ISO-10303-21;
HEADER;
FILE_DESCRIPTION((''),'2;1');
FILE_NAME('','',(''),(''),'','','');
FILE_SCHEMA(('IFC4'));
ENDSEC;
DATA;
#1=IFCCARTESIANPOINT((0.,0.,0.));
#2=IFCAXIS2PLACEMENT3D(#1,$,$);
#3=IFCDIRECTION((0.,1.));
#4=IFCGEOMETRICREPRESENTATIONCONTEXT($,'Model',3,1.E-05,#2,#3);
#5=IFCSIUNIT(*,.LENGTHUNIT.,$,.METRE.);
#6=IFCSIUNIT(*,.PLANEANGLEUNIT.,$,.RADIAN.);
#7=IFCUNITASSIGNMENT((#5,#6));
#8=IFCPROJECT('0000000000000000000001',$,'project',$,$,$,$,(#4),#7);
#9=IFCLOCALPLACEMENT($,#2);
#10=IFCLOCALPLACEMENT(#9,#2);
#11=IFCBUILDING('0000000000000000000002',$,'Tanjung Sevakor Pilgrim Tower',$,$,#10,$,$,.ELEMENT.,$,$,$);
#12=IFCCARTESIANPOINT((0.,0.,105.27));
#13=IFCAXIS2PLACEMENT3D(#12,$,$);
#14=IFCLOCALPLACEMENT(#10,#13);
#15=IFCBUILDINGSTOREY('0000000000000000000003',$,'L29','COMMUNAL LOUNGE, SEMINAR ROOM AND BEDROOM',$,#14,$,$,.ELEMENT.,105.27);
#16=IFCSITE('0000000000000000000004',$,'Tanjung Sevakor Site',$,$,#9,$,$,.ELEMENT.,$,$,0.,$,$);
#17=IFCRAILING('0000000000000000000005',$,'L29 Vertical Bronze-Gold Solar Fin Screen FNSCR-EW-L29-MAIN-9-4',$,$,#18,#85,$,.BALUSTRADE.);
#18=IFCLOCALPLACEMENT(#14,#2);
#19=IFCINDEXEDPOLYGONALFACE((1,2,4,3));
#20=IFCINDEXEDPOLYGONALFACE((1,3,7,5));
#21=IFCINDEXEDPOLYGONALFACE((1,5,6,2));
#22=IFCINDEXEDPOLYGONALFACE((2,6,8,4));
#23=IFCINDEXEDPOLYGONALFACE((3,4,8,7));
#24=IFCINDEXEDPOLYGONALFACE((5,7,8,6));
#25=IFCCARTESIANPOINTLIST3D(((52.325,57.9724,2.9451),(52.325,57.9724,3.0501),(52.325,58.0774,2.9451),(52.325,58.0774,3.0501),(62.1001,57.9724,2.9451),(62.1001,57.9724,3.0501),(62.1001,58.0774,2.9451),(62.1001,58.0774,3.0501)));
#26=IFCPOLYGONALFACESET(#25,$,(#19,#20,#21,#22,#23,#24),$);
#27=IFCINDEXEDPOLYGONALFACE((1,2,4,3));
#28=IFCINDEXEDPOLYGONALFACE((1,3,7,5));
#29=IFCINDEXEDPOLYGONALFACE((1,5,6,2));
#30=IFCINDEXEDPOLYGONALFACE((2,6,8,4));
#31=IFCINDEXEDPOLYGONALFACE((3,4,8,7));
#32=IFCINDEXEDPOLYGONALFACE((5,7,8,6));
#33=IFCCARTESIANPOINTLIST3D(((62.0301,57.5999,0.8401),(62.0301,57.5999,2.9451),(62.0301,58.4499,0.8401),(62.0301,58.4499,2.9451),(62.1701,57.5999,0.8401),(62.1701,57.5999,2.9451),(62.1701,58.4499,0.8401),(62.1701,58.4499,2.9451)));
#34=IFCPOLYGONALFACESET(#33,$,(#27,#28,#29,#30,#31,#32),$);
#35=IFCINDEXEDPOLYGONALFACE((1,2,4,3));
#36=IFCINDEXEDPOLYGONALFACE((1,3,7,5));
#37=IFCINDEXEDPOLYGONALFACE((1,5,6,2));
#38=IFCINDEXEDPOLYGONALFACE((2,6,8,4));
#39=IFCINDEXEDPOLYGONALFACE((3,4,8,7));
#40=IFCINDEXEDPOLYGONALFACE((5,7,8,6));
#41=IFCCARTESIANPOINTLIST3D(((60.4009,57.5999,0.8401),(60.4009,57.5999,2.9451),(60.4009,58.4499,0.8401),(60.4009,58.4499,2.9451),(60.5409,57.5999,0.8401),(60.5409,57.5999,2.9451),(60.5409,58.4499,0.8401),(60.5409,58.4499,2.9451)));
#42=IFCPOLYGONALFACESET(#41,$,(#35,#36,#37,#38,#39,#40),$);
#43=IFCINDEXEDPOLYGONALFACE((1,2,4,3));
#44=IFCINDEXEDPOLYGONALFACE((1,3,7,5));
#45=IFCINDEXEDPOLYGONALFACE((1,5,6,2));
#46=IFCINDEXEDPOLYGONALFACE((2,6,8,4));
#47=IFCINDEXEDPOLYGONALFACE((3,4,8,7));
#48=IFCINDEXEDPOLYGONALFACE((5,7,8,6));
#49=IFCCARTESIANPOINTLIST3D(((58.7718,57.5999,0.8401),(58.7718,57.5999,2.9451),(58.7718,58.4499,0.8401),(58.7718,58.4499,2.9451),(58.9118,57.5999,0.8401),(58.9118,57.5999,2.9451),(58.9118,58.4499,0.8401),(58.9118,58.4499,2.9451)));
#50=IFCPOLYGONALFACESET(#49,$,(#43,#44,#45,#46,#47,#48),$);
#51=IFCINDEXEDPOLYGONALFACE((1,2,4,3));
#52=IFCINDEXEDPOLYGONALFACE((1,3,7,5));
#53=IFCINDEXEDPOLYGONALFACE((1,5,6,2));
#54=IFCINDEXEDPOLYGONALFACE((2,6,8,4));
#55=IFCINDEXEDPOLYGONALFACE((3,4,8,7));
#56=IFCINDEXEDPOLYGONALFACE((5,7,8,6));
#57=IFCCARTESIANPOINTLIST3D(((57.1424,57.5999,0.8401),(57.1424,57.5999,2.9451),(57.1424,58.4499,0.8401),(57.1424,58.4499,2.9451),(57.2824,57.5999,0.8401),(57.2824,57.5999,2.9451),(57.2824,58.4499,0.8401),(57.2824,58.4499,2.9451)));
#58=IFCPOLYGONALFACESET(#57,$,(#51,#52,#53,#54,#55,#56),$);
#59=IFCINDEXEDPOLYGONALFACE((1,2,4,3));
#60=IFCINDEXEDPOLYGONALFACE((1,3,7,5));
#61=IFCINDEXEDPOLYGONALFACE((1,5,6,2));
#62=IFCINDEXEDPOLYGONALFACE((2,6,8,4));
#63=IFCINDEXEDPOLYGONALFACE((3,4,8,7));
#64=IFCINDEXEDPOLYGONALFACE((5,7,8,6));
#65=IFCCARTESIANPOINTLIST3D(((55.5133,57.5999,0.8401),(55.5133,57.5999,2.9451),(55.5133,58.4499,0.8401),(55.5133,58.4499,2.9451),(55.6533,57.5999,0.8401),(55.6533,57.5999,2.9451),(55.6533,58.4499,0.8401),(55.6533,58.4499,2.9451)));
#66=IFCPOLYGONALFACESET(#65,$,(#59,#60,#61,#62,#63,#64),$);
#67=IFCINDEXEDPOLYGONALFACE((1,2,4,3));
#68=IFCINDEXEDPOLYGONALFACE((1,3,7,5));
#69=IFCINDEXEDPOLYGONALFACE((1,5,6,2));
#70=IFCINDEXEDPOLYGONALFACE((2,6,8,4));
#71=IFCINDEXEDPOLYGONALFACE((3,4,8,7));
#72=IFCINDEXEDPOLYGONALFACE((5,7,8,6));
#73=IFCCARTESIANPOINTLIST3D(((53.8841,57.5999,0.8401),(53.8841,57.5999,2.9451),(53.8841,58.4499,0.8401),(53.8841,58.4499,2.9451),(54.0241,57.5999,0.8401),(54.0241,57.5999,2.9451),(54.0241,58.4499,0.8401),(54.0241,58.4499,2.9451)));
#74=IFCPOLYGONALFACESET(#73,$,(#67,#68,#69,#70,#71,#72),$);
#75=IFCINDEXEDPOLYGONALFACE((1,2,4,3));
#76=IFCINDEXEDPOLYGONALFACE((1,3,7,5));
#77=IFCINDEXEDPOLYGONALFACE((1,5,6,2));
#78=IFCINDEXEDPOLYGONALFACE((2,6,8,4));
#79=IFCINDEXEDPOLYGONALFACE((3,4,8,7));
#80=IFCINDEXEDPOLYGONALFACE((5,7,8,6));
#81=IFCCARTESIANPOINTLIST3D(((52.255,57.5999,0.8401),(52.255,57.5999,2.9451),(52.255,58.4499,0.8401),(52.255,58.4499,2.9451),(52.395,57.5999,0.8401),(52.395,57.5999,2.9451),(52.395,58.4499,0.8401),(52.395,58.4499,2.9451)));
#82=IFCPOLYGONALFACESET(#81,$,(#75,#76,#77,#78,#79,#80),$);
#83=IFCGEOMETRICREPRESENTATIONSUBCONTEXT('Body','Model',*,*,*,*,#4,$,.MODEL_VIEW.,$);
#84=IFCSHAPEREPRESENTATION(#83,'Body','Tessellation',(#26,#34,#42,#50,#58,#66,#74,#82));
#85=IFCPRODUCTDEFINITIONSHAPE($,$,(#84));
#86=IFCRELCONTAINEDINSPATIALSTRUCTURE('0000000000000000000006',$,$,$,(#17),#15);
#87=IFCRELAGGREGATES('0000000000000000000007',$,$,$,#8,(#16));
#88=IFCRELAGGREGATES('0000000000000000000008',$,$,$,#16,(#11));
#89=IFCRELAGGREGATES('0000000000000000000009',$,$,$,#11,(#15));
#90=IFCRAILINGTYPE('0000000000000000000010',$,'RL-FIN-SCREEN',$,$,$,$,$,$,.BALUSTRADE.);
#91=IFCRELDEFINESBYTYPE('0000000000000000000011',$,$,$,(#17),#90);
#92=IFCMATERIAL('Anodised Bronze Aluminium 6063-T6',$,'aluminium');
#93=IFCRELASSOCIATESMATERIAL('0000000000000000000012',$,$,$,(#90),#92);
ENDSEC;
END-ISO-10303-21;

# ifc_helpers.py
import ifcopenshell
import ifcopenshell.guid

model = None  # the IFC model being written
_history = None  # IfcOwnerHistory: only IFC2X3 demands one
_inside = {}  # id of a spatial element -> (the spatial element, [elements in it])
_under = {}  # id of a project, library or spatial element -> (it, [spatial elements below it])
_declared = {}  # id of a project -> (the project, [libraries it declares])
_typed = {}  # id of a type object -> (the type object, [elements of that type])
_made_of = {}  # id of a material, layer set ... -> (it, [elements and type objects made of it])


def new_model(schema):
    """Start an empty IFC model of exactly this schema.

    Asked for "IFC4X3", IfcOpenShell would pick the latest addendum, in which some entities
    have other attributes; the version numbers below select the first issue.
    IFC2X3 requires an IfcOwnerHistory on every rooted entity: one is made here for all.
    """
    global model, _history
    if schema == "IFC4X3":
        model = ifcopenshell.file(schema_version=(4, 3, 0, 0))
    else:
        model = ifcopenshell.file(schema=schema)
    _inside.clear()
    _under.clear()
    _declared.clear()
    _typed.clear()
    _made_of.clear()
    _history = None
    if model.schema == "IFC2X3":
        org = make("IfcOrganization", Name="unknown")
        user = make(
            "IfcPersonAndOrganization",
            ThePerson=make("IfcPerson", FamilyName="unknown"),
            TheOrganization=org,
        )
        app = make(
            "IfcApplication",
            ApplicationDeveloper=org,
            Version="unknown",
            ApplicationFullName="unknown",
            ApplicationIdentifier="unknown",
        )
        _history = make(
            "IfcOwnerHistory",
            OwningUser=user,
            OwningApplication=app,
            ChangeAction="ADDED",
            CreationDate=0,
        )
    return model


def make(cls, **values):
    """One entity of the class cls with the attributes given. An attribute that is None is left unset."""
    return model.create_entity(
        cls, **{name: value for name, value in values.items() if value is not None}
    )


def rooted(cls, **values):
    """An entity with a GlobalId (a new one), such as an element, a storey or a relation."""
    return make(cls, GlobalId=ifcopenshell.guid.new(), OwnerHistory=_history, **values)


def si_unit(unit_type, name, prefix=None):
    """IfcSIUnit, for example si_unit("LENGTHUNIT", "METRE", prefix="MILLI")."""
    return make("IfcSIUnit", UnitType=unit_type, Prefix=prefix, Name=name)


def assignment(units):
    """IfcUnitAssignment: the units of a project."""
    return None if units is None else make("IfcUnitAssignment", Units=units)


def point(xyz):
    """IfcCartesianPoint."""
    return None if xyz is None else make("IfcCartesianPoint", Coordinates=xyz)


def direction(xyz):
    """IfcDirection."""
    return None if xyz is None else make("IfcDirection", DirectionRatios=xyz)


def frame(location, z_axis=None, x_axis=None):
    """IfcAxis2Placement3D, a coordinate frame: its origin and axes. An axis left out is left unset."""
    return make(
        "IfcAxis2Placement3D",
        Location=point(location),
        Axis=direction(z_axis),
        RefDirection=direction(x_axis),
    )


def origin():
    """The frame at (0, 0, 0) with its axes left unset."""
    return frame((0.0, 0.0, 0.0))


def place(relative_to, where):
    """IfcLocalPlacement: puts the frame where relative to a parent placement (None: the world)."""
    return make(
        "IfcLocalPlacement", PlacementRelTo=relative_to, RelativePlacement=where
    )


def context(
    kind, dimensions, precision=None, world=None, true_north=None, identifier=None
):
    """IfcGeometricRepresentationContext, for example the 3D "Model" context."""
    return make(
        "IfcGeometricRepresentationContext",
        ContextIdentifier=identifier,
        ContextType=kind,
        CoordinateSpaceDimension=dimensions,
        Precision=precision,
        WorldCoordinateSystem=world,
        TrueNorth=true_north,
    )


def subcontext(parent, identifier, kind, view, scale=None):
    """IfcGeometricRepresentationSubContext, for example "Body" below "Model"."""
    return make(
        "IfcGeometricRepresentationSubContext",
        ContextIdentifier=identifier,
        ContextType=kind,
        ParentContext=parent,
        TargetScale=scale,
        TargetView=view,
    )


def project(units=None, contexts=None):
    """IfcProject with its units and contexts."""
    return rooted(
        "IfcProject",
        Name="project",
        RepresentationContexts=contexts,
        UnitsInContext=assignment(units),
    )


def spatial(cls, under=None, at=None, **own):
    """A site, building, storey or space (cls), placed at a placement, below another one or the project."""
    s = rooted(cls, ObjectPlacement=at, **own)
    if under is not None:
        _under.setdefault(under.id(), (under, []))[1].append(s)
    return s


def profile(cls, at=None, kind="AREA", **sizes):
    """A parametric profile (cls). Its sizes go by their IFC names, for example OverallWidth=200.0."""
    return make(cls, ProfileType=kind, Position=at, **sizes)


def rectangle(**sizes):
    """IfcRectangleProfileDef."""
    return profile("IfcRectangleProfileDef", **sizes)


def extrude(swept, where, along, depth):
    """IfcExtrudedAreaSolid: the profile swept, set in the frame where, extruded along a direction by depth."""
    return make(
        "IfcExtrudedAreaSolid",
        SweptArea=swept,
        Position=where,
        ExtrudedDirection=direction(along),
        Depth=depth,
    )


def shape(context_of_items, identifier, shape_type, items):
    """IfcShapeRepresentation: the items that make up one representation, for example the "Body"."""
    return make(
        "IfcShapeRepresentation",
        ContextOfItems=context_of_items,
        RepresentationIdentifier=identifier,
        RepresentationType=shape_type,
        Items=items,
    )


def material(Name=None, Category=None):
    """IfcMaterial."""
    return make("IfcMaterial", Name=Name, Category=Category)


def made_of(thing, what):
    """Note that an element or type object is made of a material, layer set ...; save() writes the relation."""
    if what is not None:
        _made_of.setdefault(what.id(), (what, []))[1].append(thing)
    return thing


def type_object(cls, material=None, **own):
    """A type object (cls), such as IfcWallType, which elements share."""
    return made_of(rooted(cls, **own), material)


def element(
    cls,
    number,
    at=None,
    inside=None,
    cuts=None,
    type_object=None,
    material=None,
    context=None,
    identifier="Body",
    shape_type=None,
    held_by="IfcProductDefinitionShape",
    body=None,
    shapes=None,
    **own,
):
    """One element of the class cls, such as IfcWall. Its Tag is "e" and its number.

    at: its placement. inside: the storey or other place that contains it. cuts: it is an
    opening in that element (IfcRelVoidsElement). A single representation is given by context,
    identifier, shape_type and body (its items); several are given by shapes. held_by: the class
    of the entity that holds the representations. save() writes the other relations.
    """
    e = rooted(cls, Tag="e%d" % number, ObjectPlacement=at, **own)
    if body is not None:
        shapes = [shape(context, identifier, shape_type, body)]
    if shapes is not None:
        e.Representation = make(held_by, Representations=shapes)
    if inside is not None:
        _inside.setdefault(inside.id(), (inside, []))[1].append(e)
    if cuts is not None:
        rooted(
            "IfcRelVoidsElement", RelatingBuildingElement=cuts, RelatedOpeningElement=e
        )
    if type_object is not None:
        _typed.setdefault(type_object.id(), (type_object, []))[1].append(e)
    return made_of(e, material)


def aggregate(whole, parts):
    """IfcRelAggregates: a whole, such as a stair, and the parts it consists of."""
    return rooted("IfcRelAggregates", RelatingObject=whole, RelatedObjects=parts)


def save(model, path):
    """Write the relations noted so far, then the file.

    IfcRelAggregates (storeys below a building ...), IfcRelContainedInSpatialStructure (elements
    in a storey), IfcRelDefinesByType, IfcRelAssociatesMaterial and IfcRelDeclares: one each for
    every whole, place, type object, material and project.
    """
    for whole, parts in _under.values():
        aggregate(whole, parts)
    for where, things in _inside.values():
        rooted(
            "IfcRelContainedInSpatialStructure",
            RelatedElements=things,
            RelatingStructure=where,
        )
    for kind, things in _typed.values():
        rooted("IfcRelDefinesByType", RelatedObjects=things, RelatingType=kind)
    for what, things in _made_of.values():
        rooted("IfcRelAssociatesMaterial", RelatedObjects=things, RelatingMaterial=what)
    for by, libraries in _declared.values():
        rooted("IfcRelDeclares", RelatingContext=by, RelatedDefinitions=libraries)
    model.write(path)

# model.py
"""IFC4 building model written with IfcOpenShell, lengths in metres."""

from ifc_helpers import new_model, si_unit, direction, frame, origin, place, context, subcontext, project, spatial, rectangle, extrude, material, type_object, element, save


model = new_model("IFC4")

# Units and contexts
model_context = context("Model", 3, precision=1e-05, world=origin(), true_north=direction((0.0, 1.0)))
body_context = subcontext(model_context, "Body", "Model", "MODEL_VIEW")
ifc_project = project(units=[si_unit("LENGTHUNIT", "METRE"), si_unit("PLANEANGLEUNIT", "RADIAN")], contexts=[model_context])

# Site, building, storey
site_placement = place(None, origin())
site = spatial("IfcSite", under=ifc_project, at=site_placement, Name="Tanjung Sevakor Site", CompositionType="ELEMENT", RefElevation=0.0)
building_placement = place(site_placement, origin())
building = spatial("IfcBuilding", under=site, at=building_placement, Name="Tanjung Sevakor Pilgrim Tower", CompositionType="ELEMENT")
storey_placement = place(building_placement, frame((0.0, 0.0, 105.27)))
storey = spatial("IfcBuildingStorey", under=building, at=storey_placement, Name="L29", Description="COMMUNAL LOUNGE, SEMINAR ROOM AND BEDROOM", CompositionType="ELEMENT", Elevation=105.27)

# Railing
ifc_material_1 = material(Name="Anodised Bronze Aluminium 6063-T6", Category="aluminium")
railing_type_1 = type_object("IfcRailingType", Name="RL-FIN-SCREEN", PredefinedType="BALUSTRADE", material=ifc_material_1)
railing_1_placement = place(storey_placement, frame((62.1001, 58.0249, 0.8401)))
element("IfcRailing", 1, at=railing_1_placement, inside=storey, type_object=railing_type_1, Name="L29 Vertical Bronze-Gold Solar Fin Screen FNSCR-EW-L29-MAIN-9-4", PredefinedType="BALUSTRADE", context=body_context, shape_type="SweptSolid", body=[
    extrude(rectangle(XDim=0.105, YDim=0.105), frame((0.0, 0.0, 2.1575), z_axis=(-1.0, 0.0, 0.0), x_axis=(0.0, -1.0, 0.0)), (0.0, 0.0, 1.0), 9.7751),
    extrude(rectangle(XDim=0.14, YDim=0.85), origin(), (0.0, 0.0, 1.0), 2.105),
    extrude(rectangle(XDim=0.14, YDim=0.85), frame((-1.6292, 0.0, 0.0)), (0.0, 0.0, 1.0), 2.105),
    extrude(rectangle(XDim=0.14, YDim=0.85), frame((-3.2583, 0.0, 0.0)), (0.0, 0.0, 1.0), 2.105),
    extrude(rectangle(XDim=0.14, YDim=0.85), frame((-4.8877, 0.0, 0.0)), (0.0, 0.0, 1.0), 2.105),
    extrude(rectangle(XDim=0.14, YDim=0.85), frame((-6.5168, 0.0, 0.0)), (0.0, 0.0, 1.0), 2.105),
    extrude(rectangle(XDim=0.14, YDim=0.85), frame((-8.146, 0.0, 0.0)), (0.0, 0.0, 1.0), 2.105),
    extrude(rectangle(XDim=0.14, YDim=0.85), frame((-9.7751, 0.0, 0.0)), (0.0, 0.0, 1.0), 2.105),
])

save(model, "model.ifc")
